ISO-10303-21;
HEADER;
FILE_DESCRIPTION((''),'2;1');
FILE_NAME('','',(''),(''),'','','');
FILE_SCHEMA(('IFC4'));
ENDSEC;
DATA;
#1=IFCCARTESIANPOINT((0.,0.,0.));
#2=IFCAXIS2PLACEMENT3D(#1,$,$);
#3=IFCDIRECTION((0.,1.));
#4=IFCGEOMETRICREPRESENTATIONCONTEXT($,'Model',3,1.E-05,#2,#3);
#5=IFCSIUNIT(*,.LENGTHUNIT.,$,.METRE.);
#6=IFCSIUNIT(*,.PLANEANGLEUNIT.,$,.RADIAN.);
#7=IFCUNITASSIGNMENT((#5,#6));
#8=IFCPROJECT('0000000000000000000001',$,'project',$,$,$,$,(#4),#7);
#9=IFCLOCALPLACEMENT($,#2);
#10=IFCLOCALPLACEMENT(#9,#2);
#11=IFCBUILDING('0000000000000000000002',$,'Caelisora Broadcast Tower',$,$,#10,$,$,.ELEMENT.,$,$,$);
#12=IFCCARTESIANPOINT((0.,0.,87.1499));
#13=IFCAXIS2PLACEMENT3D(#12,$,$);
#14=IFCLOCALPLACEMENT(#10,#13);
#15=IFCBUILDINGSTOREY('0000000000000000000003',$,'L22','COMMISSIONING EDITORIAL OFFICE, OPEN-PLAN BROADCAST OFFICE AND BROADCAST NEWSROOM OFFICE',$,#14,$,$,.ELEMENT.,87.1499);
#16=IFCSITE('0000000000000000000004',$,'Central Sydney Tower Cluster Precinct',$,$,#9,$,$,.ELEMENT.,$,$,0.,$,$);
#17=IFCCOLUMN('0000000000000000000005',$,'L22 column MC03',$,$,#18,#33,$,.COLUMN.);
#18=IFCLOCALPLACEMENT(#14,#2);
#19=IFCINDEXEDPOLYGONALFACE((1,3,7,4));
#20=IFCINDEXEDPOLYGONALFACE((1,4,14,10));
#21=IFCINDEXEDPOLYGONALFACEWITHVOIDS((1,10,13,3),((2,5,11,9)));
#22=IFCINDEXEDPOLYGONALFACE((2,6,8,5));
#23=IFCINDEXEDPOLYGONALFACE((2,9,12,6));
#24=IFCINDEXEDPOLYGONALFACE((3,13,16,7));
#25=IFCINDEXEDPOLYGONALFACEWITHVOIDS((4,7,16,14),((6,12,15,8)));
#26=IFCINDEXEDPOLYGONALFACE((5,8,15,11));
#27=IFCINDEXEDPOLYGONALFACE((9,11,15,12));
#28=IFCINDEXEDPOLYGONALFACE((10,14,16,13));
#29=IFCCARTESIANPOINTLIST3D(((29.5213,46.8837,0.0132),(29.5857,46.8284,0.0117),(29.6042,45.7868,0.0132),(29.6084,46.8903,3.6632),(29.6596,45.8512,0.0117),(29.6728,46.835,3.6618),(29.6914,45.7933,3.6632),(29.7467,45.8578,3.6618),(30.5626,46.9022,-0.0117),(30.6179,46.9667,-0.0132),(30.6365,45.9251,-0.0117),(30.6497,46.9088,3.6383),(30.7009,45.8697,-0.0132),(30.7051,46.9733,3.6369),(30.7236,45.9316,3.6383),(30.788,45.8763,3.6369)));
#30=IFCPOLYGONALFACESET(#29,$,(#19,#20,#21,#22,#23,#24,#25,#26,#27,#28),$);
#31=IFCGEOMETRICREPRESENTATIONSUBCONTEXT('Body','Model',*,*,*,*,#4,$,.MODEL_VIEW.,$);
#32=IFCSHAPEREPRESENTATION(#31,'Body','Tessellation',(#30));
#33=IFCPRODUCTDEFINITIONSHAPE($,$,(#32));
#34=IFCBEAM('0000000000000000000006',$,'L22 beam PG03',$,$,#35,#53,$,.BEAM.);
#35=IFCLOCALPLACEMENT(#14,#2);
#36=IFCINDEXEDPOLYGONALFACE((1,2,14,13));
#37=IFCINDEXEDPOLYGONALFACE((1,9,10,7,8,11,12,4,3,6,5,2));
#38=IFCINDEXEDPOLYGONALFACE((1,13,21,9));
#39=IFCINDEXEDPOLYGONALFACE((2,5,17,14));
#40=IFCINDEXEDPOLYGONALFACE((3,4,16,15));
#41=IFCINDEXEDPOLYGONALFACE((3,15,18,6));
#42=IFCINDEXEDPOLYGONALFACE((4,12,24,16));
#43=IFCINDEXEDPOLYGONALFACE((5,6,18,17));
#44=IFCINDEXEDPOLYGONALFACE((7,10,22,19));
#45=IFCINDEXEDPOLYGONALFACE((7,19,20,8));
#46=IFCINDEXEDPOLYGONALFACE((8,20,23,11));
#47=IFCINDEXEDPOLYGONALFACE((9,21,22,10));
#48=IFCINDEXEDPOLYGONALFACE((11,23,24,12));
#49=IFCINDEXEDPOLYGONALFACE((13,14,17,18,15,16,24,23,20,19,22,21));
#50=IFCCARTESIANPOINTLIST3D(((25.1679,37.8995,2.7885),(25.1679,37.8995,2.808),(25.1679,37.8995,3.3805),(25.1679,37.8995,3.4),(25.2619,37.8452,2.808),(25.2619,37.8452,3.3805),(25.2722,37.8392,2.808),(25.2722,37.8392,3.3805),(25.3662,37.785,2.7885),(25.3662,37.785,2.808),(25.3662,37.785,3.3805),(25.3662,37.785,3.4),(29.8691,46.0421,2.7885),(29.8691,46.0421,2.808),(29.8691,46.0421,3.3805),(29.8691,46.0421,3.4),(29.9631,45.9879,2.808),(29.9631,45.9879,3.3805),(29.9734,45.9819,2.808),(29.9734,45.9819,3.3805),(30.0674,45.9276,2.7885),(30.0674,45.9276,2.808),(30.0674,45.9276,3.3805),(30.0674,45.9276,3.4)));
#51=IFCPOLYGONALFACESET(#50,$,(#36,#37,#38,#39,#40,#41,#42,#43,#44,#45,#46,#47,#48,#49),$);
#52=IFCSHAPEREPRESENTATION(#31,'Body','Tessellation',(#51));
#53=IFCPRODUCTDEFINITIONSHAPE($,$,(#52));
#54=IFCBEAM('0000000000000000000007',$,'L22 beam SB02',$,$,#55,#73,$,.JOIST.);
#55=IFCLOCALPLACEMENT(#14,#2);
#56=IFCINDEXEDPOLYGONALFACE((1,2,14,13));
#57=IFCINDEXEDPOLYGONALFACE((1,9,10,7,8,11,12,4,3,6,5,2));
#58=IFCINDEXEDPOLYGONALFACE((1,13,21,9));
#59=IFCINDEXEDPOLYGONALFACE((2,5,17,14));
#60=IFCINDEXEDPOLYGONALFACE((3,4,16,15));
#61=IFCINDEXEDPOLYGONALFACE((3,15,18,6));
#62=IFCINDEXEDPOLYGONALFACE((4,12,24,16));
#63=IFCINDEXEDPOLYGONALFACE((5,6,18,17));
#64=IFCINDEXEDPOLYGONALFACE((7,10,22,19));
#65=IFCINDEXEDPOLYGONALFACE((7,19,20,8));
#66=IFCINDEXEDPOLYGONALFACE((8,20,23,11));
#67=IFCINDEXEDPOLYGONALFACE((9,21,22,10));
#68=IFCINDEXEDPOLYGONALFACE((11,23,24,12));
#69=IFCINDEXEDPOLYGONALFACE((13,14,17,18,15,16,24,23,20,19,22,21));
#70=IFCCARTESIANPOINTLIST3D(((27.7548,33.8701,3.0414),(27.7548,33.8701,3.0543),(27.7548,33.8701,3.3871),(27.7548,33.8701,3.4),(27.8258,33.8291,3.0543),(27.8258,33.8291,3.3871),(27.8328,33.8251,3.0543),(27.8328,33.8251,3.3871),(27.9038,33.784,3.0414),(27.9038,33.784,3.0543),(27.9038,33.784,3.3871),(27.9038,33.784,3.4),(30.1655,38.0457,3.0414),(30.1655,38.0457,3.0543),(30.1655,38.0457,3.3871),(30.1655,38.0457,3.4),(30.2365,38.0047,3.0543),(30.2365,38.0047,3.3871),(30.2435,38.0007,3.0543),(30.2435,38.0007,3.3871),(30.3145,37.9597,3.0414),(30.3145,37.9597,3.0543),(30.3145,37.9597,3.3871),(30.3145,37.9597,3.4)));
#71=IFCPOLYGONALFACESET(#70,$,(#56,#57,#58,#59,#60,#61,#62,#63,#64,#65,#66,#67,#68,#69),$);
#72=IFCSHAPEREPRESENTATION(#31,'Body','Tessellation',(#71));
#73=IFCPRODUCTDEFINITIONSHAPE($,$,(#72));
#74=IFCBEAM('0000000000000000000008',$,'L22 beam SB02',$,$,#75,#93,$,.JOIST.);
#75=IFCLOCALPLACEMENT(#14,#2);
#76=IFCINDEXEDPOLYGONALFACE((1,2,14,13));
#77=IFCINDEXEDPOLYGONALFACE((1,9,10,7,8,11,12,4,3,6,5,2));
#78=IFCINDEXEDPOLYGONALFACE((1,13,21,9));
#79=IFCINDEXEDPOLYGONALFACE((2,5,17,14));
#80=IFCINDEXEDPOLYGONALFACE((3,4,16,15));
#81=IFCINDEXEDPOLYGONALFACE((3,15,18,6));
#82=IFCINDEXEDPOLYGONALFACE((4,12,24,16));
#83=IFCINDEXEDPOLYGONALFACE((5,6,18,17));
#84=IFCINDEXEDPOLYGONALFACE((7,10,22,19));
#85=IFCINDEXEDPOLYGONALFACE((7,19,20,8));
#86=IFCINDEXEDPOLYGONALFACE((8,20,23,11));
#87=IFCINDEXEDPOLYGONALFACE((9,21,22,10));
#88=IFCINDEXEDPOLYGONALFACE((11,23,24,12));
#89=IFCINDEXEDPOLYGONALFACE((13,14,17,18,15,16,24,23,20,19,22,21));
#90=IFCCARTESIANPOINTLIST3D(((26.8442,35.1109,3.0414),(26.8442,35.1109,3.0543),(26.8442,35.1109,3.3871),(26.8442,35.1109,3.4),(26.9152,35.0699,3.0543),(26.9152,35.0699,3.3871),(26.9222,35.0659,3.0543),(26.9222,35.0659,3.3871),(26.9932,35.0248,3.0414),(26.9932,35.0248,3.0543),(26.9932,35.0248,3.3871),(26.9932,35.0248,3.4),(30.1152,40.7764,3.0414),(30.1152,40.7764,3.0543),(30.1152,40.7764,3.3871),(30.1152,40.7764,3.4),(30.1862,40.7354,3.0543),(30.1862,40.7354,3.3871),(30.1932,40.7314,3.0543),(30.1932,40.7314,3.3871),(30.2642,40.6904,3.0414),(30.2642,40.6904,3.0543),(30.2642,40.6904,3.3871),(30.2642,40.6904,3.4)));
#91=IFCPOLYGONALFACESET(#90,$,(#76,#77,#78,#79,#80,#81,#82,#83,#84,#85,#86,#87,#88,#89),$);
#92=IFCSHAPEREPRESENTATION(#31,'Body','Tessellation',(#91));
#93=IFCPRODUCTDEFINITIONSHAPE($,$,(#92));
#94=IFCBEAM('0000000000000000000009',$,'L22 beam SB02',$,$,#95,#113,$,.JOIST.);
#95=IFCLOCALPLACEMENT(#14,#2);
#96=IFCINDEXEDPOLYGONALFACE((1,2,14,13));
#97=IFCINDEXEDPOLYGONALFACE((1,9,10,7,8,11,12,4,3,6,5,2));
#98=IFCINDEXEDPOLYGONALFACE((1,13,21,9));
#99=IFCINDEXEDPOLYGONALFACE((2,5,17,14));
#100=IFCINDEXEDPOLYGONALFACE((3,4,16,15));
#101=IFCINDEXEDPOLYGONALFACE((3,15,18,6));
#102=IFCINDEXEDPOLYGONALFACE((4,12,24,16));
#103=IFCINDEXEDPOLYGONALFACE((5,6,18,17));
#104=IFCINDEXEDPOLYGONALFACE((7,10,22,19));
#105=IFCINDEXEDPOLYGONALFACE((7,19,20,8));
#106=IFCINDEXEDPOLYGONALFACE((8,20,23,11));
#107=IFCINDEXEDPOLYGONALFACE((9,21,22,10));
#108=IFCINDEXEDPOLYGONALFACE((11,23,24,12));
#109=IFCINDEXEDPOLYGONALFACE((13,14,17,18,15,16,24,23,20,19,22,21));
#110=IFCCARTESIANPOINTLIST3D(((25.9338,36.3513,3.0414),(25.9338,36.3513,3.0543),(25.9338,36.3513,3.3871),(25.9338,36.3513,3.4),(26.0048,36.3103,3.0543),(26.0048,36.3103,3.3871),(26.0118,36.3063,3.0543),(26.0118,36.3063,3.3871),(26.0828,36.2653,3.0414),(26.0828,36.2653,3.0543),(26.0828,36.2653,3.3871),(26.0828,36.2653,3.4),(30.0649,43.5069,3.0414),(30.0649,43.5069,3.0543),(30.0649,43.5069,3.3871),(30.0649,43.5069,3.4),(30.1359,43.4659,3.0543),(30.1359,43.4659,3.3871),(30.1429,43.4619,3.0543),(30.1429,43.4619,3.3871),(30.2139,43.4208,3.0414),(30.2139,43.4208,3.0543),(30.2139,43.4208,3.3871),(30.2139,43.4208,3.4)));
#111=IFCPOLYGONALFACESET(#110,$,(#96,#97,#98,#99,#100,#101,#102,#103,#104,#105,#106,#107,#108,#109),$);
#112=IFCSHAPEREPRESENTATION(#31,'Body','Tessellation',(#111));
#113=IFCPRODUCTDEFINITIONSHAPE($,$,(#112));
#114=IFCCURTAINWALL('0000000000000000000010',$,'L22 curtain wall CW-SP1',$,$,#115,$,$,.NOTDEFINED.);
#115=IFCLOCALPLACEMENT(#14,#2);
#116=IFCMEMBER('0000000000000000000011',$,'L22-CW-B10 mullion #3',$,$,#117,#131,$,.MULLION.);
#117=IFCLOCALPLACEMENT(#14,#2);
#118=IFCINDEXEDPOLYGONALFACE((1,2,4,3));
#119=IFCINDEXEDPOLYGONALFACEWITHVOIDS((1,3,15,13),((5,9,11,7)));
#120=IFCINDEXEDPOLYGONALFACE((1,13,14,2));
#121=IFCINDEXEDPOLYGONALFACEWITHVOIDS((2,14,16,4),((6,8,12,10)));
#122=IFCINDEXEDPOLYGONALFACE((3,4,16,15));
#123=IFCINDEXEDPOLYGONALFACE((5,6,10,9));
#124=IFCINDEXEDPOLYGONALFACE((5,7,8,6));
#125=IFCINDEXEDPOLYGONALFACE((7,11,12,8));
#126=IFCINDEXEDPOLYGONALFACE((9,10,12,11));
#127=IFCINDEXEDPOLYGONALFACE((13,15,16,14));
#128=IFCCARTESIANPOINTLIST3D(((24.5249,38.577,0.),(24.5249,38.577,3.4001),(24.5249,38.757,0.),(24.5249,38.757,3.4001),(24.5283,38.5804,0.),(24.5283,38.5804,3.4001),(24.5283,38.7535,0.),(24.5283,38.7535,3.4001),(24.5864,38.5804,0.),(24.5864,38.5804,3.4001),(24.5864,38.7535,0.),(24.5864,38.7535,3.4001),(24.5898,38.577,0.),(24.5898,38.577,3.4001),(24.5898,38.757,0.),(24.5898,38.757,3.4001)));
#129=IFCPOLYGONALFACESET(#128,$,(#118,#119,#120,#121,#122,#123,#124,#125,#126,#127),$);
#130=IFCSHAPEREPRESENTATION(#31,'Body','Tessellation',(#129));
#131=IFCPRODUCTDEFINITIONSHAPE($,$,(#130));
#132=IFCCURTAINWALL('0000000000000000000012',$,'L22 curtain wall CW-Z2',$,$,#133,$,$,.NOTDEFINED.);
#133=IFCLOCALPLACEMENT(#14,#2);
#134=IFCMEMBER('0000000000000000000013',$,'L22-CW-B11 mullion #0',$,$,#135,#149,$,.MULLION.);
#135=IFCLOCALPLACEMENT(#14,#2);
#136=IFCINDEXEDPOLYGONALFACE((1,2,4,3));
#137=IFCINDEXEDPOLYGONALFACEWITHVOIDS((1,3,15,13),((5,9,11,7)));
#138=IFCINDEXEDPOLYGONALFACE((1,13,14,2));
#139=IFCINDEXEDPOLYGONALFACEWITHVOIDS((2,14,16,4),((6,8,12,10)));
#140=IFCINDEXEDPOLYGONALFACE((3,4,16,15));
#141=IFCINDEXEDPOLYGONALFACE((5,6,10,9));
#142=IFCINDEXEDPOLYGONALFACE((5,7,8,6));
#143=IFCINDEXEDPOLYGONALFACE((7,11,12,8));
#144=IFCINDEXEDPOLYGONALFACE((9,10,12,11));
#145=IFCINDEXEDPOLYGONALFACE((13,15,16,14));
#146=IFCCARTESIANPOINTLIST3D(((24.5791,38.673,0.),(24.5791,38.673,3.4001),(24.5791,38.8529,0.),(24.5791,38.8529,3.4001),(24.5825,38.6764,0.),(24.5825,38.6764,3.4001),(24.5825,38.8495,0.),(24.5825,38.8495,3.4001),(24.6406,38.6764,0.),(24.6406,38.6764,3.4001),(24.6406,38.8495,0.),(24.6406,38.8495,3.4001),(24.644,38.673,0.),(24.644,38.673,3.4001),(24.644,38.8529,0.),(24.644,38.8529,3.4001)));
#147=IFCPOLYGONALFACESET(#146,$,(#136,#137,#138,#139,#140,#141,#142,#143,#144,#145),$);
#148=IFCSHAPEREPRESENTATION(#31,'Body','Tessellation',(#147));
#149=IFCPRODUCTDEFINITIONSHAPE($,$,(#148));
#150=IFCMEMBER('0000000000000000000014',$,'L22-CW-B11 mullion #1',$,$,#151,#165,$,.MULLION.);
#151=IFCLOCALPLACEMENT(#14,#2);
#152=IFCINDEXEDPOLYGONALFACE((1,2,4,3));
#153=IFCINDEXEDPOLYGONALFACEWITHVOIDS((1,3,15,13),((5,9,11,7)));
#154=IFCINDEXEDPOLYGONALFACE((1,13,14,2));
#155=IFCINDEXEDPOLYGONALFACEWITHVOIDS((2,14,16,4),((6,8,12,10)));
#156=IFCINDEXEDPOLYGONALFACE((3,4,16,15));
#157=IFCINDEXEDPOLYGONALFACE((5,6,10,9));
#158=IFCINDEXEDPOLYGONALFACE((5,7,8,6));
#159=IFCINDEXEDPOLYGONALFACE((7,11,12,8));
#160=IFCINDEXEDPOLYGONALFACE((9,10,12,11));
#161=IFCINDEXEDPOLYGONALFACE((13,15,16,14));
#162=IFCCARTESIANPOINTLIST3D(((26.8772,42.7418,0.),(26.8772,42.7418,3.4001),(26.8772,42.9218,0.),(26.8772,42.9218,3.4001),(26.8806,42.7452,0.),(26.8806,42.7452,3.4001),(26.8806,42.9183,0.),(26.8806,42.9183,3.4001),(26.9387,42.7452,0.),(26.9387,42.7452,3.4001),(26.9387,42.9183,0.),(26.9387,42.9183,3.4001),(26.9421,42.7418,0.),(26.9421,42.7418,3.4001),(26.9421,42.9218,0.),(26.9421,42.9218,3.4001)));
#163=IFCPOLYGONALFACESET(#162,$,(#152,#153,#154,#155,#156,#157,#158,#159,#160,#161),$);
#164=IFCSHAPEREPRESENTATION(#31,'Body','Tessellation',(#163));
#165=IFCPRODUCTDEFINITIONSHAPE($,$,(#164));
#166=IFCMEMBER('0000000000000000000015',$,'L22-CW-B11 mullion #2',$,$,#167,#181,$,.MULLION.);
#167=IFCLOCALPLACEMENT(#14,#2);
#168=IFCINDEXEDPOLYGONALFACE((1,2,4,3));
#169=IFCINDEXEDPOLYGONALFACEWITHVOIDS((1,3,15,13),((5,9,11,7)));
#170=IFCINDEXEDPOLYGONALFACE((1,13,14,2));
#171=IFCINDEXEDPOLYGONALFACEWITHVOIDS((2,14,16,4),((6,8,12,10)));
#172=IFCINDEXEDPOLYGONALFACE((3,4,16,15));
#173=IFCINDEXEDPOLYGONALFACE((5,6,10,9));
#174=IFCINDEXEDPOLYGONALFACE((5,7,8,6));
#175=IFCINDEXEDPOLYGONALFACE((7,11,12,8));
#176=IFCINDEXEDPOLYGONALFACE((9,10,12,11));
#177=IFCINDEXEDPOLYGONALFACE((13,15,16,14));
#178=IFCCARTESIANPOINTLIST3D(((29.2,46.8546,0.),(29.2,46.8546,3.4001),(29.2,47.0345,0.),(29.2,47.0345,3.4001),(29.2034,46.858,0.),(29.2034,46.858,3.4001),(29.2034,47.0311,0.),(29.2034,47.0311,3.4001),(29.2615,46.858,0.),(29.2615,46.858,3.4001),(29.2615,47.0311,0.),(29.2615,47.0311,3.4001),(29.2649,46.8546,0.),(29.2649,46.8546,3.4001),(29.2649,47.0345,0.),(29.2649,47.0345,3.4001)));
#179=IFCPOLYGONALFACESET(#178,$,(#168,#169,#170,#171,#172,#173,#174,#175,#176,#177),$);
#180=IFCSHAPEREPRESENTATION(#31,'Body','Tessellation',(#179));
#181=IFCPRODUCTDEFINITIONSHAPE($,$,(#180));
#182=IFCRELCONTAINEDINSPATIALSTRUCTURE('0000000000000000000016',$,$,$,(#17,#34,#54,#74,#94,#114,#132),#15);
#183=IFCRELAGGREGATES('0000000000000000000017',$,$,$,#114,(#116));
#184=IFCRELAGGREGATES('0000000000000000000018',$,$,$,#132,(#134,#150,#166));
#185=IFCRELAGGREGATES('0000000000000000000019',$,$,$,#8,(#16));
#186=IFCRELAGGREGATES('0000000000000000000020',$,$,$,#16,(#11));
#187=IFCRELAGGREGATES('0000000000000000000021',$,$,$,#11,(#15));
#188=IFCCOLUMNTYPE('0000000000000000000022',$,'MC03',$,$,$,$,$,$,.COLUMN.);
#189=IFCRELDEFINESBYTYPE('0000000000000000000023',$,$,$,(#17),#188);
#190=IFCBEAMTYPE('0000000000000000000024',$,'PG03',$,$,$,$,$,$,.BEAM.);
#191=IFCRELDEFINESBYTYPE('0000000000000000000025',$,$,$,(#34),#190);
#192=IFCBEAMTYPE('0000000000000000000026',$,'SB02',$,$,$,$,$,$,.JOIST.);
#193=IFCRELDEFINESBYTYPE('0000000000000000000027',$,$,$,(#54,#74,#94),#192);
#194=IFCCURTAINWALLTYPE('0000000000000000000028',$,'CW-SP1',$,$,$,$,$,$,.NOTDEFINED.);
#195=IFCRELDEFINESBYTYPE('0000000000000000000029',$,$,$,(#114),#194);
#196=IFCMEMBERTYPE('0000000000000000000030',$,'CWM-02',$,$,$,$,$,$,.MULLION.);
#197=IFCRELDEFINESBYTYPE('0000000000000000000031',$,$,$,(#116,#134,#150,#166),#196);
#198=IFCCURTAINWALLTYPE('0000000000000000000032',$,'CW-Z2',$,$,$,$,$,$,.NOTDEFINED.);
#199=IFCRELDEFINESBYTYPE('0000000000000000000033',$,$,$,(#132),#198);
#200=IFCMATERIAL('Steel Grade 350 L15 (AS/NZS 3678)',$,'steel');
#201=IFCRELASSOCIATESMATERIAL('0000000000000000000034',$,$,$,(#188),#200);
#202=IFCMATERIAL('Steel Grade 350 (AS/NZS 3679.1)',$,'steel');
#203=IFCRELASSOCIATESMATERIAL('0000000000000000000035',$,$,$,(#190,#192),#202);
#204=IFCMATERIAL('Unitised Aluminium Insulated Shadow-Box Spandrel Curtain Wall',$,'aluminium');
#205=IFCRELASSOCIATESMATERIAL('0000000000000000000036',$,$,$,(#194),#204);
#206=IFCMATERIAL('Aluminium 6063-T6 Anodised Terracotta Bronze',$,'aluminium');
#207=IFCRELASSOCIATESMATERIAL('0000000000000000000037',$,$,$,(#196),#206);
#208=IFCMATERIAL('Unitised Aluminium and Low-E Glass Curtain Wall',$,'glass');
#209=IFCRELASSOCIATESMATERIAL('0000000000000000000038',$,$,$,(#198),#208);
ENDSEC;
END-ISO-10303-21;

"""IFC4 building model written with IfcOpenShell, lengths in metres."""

from ifc_helpers import new_model, si_unit, direction, frame, origin, origin_2d, place, context, subcontext, project, spatial, hollow_rectangle, i_section, extrude, source, transform, mapped, material, material_profile, profile_set, type_object, type_shapes, element, aggregate, save


model = new_model("IFC4")

# Units and contexts
model_context = context("Model", 3, precision=1e-05, world=origin(), true_north=direction((0.0, 1.0)))
body_context = subcontext(model_context, "Body", "Model", "MODEL_VIEW")
ifc_project = project(units=[si_unit("LENGTHUNIT", "METRE"), si_unit("PLANEANGLEUNIT", "RADIAN")], contexts=[model_context])

# Site, building, storey
site_placement = place(None, origin())
site = spatial("IfcSite", under=ifc_project, at=site_placement, Name="Central Sydney Tower Cluster Precinct", CompositionType="ELEMENT", RefElevation=0.0)
building_placement = place(site_placement, origin())
building = spatial("IfcBuilding", under=site, at=building_placement, Name="Caelisora Broadcast Tower", CompositionType="ELEMENT")
storey_placement = place(building_placement, frame((0.0, 0.0, 87.1499)))
storey = spatial("IfcBuildingStorey", under=building, at=storey_placement, Name="L22", Description="COMMISSIONING EDITORIAL OFFICE, OPEN-PLAN BROADCAST OFFICE AND BROADCAST NEWSROOM OFFICE", CompositionType="ELEMENT", Elevation=87.1499)

# Column
ifc_material_1 = material(Name="Steel Grade 350 L15 (AS/NZS 3678)", Category="steel")
ifc_material_profile_1 = material_profile(ifc_material_1, hollow_rectangle(XDim=1.1001, YDim=1.1001, WallThickness=0.0601, at=origin_2d()), Name="Steel Grade 350 L15 (AS/NZS 3678)")
ifc_profile_set_1 = profile_set([ifc_material_profile_1], Name="Steel Grade 350 L15 (AS/NZS 3678)")
column_type = type_object("IfcColumnType", Name="MC03", PredefinedType="COLUMN", material=ifc_profile_set_1)
shared_shape_1 = source(origin(), body_context, "Body", "SweptSolid", [
    extrude(hollow_rectangle(XDim=1.1001, YDim=1.1001, WallThickness=0.0601, at=origin_2d()), origin(), (0.0, 0.0, 1.0), 3.6511),
])
type_shapes(column_type, [shared_shape_1])
column_placement = place(storey_placement, frame((30.1111, 46.3767, 0.0), z_axis=(0.023871, 0.001805, 0.999713), x_axis=(-0.075415, 0.997152, 0.0)))
element("IfcColumn", 1, at=column_placement, inside=storey, type_object=column_type, Name="L22 column MC03", PredefinedType="COLUMN", context=body_context, shape_type="MappedRepresentation", body=[
    mapped(shared_shape_1, transform((0.0, 0.0, 0.0), scale=1.0)),
])

# Beams
ifc_material_2 = material(Name="Steel Grade 350 (AS/NZS 3679.1)", Category="steel")
ifc_material_profile_2 = material_profile(ifc_material_2, i_section(OverallWidth=0.229, OverallDepth=0.6116, WebThickness=0.012, FlangeThickness=0.0195, at=origin_2d()), Name="Steel Grade 350 (AS/NZS 3679.1)")
ifc_profile_set_2 = profile_set([ifc_material_profile_2], Name="Steel Grade 350 (AS/NZS 3679.1)")
beam_type_1 = type_object("IfcBeamType", Name="PG03", PredefinedType="BEAM", material=ifc_profile_set_2)
shared_shape_2 = source(origin(), body_context, "Body", "SweptSolid", [
    extrude(i_section(OverallWidth=0.229, OverallDepth=0.6116, WebThickness=0.012, FlangeThickness=0.0195, at=origin_2d()), origin(), (0.0, 0.0, 1.0), 9.4023),
])
type_shapes(beam_type_1, [shared_shape_2])
beam_1_placement = place(storey_placement, frame((29.9683, 45.9849, 3.0942), z_axis=(-0.500004, -0.866023, 0.0), x_axis=(0.866023, -0.500004, 0.0)))
element("IfcBeam", 2, at=beam_1_placement, inside=storey, type_object=beam_type_1, Name="L22 beam PG03", PredefinedType="BEAM", context=body_context, shape_type="MappedRepresentation", body=[
    mapped(shared_shape_2, transform((0.0, 0.0, 0.0), scale=1.0)),
])
ifc_material_profile_3 = material_profile(ifc_material_2, i_section(OverallWidth=0.1721, OverallDepth=0.3586, WebThickness=0.0081, FlangeThickness=0.0129, at=origin_2d()), Name="Steel Grade 350 (AS/NZS 3679.1)")
ifc_profile_set_3 = profile_set([ifc_material_profile_3], Name="Steel Grade 350 (AS/NZS 3679.1)")
beam_type_2 = type_object("IfcBeamType", Name="SB02", PredefinedType="JOIST", material=ifc_profile_set_3)
shared_shape_3 = source(origin(), body_context, "Body", "SweptSolid", [
    extrude(i_section(OverallWidth=0.1721, OverallDepth=0.3586, WebThickness=0.0081, FlangeThickness=0.0129, at=origin_2d()), origin(), (0.0, 0.0, 1.0), 4.8215),
])
beam_2_placement = place(storey_placement, frame((30.24, 38.0027, 3.2207), z_axis=(-0.499984, -0.866035, 0.0), x_axis=(0.866035, -0.499984, 0.0)))
element("IfcBeam", 3, at=beam_2_placement, inside=storey, type_object=beam_type_2, Name="L22 beam SB02", PredefinedType="JOIST", context=body_context, shape_type="MappedRepresentation", body=[
    mapped(shared_shape_3, transform((0.0, 0.0, 0.0), scale=1.0)),
])
shared_shape_4 = source(origin(), body_context, "Body", "SweptSolid", [
    extrude(i_section(OverallWidth=0.1721, OverallDepth=0.3586, WebThickness=0.0081, FlangeThickness=0.0129, at=origin_2d()), origin(), (0.0, 0.0, 1.0), 6.542),
])
beam_3_placement = place(storey_placement, frame((30.1897, 40.7334, 3.2207), z_axis=(-0.5, -0.866025, 0.0), x_axis=(0.866025, -0.5, 0.0)))
element("IfcBeam", 4, at=beam_3_placement, inside=storey, type_object=beam_type_2, Name="L22 beam SB02", PredefinedType="JOIST", context=body_context, shape_type="MappedRepresentation", body=[
    mapped(shared_shape_4, transform((0.0, 0.0, 0.0), scale=1.0)),
])
shared_shape_5 = source(origin(), body_context, "Body", "SweptSolid", [
    extrude(i_section(OverallWidth=0.1721, OverallDepth=0.3586, WebThickness=0.0081, FlangeThickness=0.0129, at=origin_2d()), origin(), (0.0, 0.0, 1.0), 8.2625),
])
type_shapes(beam_type_2, [shared_shape_3, shared_shape_4, shared_shape_5])
beam_4_placement = place(storey_placement, frame((30.1394, 43.4639, 3.2207), z_axis=(-0.499988, -0.866033, 0.0), x_axis=(0.866033, -0.499988, 0.0)))
element("IfcBeam", 5, at=beam_4_placement, inside=storey, type_object=beam_type_2, Name="L22 beam SB02", PredefinedType="JOIST", context=body_context, shape_type="MappedRepresentation", body=[
    mapped(shared_shape_5, transform((0.0, 0.0, 0.0), scale=1.0)),
])

# Curtain wall, member
ifc_material_3 = material(Name="Unitised Aluminium Insulated Shadow-Box Spandrel Curtain Wall", Category="aluminium")
curtain_wall_type_1 = type_object("IfcCurtainWallType", Name="CW-SP1", PredefinedType="NOTDEFINED", material=ifc_material_3)
curtain_wall_1_placement = place(storey_placement, origin())
curtain_wall_1 = element("IfcCurtainWall", 6, at=curtain_wall_1_placement, inside=storey, type_object=curtain_wall_type_1, Name="L22 curtain wall CW-SP1", PredefinedType="NOTDEFINED")
ifc_material_4 = material(Name="Aluminium 6063-T6 Anodised Terracotta Bronze", Category="aluminium")
ifc_material_profile_4 = material_profile(ifc_material_4, hollow_rectangle(XDim=0.0649, YDim=0.1799, WallThickness=0.0034, at=origin_2d()), Name="Aluminium 6063-T6 Anodised Terracotta Bronze")
ifc_profile_set_4 = profile_set([ifc_material_profile_4], Name="Aluminium 6063-T6 Anodised Terracotta Bronze")
member_type_1 = type_object("IfcMemberType", Name="CWM-02", PredefinedType="MULLION", material=ifc_profile_set_4)
shared_shape_6 = source(origin(), body_context, "Body", "SweptSolid", [
    extrude(hollow_rectangle(XDim=0.0649, YDim=0.1799, WallThickness=0.0034, at=origin_2d()), origin(), (0.0, 0.0, 1.0), 3.4001),
])
type_shapes(member_type_1, [shared_shape_6])
member_1_placement = place(storey_placement, frame((24.5574, 38.667, 0.0), z_axis=(0.0, 0.0, 1.0), x_axis=(1.0, 0.0, 0.0)))
member_1 = element("IfcMember", 7, at=member_1_placement, type_object=member_type_1, Name="L22-CW-B10 mullion #3", PredefinedType="MULLION", context=body_context, shape_type="MappedRepresentation", body=[
    mapped(shared_shape_6, transform((0.0, 0.0, 0.0), scale=1.0)),
])
aggregate(curtain_wall_1, [member_1])

# Curtain wall, members
ifc_material_5 = material(Name="Unitised Aluminium and Low-E Glass Curtain Wall", Category="glass")
curtain_wall_type_2 = type_object("IfcCurtainWallType", Name="CW-Z2", PredefinedType="NOTDEFINED", material=ifc_material_5)
curtain_wall_2_placement = place(storey_placement, origin())
curtain_wall_2 = element("IfcCurtainWall", 8, at=curtain_wall_2_placement, inside=storey, type_object=curtain_wall_type_2, Name="L22 curtain wall CW-Z2", PredefinedType="NOTDEFINED")
member_2_placement = place(storey_placement, frame((24.6116, 38.7629, 0.0), z_axis=(0.0, 0.0, 1.0), x_axis=(1.0, 0.0, 0.0)))
member_2 = element("IfcMember", 9, at=member_2_placement, type_object=member_type_1, Name="L22-CW-B11 mullion #0", PredefinedType="MULLION", context=body_context, shape_type="MappedRepresentation", body=[
    mapped(shared_shape_6, transform((0.0, 0.0, 0.0), scale=1.0)),
])
member_3_placement = place(storey_placement, frame((26.9097, 42.8318, 0.0), z_axis=(0.0, 0.0, 1.0), x_axis=(1.0, 0.0, 0.0)))
member_3 = element("IfcMember", 10, at=member_3_placement, type_object=member_type_1, Name="L22-CW-B11 mullion #1", PredefinedType="MULLION", context=body_context, shape_type="MappedRepresentation", body=[
    mapped(shared_shape_6, transform((0.0, 0.0, 0.0), scale=1.0)),
])
member_4_placement = place(storey_placement, frame((29.2324, 46.9446, 0.0), z_axis=(0.0, 0.0, 1.0), x_axis=(1.0, 0.0, 0.0)))
member_4 = element("IfcMember", 11, at=member_4_placement, type_object=member_type_1, Name="L22-CW-B11 mullion #2", PredefinedType="MULLION", context=body_context, shape_type="MappedRepresentation", body=[
    mapped(shared_shape_6, transform((0.0, 0.0, 0.0), scale=1.0)),
])

aggregate(curtain_wall_2, [member_2, member_3, member_4])

save(model, "model.ifc")
